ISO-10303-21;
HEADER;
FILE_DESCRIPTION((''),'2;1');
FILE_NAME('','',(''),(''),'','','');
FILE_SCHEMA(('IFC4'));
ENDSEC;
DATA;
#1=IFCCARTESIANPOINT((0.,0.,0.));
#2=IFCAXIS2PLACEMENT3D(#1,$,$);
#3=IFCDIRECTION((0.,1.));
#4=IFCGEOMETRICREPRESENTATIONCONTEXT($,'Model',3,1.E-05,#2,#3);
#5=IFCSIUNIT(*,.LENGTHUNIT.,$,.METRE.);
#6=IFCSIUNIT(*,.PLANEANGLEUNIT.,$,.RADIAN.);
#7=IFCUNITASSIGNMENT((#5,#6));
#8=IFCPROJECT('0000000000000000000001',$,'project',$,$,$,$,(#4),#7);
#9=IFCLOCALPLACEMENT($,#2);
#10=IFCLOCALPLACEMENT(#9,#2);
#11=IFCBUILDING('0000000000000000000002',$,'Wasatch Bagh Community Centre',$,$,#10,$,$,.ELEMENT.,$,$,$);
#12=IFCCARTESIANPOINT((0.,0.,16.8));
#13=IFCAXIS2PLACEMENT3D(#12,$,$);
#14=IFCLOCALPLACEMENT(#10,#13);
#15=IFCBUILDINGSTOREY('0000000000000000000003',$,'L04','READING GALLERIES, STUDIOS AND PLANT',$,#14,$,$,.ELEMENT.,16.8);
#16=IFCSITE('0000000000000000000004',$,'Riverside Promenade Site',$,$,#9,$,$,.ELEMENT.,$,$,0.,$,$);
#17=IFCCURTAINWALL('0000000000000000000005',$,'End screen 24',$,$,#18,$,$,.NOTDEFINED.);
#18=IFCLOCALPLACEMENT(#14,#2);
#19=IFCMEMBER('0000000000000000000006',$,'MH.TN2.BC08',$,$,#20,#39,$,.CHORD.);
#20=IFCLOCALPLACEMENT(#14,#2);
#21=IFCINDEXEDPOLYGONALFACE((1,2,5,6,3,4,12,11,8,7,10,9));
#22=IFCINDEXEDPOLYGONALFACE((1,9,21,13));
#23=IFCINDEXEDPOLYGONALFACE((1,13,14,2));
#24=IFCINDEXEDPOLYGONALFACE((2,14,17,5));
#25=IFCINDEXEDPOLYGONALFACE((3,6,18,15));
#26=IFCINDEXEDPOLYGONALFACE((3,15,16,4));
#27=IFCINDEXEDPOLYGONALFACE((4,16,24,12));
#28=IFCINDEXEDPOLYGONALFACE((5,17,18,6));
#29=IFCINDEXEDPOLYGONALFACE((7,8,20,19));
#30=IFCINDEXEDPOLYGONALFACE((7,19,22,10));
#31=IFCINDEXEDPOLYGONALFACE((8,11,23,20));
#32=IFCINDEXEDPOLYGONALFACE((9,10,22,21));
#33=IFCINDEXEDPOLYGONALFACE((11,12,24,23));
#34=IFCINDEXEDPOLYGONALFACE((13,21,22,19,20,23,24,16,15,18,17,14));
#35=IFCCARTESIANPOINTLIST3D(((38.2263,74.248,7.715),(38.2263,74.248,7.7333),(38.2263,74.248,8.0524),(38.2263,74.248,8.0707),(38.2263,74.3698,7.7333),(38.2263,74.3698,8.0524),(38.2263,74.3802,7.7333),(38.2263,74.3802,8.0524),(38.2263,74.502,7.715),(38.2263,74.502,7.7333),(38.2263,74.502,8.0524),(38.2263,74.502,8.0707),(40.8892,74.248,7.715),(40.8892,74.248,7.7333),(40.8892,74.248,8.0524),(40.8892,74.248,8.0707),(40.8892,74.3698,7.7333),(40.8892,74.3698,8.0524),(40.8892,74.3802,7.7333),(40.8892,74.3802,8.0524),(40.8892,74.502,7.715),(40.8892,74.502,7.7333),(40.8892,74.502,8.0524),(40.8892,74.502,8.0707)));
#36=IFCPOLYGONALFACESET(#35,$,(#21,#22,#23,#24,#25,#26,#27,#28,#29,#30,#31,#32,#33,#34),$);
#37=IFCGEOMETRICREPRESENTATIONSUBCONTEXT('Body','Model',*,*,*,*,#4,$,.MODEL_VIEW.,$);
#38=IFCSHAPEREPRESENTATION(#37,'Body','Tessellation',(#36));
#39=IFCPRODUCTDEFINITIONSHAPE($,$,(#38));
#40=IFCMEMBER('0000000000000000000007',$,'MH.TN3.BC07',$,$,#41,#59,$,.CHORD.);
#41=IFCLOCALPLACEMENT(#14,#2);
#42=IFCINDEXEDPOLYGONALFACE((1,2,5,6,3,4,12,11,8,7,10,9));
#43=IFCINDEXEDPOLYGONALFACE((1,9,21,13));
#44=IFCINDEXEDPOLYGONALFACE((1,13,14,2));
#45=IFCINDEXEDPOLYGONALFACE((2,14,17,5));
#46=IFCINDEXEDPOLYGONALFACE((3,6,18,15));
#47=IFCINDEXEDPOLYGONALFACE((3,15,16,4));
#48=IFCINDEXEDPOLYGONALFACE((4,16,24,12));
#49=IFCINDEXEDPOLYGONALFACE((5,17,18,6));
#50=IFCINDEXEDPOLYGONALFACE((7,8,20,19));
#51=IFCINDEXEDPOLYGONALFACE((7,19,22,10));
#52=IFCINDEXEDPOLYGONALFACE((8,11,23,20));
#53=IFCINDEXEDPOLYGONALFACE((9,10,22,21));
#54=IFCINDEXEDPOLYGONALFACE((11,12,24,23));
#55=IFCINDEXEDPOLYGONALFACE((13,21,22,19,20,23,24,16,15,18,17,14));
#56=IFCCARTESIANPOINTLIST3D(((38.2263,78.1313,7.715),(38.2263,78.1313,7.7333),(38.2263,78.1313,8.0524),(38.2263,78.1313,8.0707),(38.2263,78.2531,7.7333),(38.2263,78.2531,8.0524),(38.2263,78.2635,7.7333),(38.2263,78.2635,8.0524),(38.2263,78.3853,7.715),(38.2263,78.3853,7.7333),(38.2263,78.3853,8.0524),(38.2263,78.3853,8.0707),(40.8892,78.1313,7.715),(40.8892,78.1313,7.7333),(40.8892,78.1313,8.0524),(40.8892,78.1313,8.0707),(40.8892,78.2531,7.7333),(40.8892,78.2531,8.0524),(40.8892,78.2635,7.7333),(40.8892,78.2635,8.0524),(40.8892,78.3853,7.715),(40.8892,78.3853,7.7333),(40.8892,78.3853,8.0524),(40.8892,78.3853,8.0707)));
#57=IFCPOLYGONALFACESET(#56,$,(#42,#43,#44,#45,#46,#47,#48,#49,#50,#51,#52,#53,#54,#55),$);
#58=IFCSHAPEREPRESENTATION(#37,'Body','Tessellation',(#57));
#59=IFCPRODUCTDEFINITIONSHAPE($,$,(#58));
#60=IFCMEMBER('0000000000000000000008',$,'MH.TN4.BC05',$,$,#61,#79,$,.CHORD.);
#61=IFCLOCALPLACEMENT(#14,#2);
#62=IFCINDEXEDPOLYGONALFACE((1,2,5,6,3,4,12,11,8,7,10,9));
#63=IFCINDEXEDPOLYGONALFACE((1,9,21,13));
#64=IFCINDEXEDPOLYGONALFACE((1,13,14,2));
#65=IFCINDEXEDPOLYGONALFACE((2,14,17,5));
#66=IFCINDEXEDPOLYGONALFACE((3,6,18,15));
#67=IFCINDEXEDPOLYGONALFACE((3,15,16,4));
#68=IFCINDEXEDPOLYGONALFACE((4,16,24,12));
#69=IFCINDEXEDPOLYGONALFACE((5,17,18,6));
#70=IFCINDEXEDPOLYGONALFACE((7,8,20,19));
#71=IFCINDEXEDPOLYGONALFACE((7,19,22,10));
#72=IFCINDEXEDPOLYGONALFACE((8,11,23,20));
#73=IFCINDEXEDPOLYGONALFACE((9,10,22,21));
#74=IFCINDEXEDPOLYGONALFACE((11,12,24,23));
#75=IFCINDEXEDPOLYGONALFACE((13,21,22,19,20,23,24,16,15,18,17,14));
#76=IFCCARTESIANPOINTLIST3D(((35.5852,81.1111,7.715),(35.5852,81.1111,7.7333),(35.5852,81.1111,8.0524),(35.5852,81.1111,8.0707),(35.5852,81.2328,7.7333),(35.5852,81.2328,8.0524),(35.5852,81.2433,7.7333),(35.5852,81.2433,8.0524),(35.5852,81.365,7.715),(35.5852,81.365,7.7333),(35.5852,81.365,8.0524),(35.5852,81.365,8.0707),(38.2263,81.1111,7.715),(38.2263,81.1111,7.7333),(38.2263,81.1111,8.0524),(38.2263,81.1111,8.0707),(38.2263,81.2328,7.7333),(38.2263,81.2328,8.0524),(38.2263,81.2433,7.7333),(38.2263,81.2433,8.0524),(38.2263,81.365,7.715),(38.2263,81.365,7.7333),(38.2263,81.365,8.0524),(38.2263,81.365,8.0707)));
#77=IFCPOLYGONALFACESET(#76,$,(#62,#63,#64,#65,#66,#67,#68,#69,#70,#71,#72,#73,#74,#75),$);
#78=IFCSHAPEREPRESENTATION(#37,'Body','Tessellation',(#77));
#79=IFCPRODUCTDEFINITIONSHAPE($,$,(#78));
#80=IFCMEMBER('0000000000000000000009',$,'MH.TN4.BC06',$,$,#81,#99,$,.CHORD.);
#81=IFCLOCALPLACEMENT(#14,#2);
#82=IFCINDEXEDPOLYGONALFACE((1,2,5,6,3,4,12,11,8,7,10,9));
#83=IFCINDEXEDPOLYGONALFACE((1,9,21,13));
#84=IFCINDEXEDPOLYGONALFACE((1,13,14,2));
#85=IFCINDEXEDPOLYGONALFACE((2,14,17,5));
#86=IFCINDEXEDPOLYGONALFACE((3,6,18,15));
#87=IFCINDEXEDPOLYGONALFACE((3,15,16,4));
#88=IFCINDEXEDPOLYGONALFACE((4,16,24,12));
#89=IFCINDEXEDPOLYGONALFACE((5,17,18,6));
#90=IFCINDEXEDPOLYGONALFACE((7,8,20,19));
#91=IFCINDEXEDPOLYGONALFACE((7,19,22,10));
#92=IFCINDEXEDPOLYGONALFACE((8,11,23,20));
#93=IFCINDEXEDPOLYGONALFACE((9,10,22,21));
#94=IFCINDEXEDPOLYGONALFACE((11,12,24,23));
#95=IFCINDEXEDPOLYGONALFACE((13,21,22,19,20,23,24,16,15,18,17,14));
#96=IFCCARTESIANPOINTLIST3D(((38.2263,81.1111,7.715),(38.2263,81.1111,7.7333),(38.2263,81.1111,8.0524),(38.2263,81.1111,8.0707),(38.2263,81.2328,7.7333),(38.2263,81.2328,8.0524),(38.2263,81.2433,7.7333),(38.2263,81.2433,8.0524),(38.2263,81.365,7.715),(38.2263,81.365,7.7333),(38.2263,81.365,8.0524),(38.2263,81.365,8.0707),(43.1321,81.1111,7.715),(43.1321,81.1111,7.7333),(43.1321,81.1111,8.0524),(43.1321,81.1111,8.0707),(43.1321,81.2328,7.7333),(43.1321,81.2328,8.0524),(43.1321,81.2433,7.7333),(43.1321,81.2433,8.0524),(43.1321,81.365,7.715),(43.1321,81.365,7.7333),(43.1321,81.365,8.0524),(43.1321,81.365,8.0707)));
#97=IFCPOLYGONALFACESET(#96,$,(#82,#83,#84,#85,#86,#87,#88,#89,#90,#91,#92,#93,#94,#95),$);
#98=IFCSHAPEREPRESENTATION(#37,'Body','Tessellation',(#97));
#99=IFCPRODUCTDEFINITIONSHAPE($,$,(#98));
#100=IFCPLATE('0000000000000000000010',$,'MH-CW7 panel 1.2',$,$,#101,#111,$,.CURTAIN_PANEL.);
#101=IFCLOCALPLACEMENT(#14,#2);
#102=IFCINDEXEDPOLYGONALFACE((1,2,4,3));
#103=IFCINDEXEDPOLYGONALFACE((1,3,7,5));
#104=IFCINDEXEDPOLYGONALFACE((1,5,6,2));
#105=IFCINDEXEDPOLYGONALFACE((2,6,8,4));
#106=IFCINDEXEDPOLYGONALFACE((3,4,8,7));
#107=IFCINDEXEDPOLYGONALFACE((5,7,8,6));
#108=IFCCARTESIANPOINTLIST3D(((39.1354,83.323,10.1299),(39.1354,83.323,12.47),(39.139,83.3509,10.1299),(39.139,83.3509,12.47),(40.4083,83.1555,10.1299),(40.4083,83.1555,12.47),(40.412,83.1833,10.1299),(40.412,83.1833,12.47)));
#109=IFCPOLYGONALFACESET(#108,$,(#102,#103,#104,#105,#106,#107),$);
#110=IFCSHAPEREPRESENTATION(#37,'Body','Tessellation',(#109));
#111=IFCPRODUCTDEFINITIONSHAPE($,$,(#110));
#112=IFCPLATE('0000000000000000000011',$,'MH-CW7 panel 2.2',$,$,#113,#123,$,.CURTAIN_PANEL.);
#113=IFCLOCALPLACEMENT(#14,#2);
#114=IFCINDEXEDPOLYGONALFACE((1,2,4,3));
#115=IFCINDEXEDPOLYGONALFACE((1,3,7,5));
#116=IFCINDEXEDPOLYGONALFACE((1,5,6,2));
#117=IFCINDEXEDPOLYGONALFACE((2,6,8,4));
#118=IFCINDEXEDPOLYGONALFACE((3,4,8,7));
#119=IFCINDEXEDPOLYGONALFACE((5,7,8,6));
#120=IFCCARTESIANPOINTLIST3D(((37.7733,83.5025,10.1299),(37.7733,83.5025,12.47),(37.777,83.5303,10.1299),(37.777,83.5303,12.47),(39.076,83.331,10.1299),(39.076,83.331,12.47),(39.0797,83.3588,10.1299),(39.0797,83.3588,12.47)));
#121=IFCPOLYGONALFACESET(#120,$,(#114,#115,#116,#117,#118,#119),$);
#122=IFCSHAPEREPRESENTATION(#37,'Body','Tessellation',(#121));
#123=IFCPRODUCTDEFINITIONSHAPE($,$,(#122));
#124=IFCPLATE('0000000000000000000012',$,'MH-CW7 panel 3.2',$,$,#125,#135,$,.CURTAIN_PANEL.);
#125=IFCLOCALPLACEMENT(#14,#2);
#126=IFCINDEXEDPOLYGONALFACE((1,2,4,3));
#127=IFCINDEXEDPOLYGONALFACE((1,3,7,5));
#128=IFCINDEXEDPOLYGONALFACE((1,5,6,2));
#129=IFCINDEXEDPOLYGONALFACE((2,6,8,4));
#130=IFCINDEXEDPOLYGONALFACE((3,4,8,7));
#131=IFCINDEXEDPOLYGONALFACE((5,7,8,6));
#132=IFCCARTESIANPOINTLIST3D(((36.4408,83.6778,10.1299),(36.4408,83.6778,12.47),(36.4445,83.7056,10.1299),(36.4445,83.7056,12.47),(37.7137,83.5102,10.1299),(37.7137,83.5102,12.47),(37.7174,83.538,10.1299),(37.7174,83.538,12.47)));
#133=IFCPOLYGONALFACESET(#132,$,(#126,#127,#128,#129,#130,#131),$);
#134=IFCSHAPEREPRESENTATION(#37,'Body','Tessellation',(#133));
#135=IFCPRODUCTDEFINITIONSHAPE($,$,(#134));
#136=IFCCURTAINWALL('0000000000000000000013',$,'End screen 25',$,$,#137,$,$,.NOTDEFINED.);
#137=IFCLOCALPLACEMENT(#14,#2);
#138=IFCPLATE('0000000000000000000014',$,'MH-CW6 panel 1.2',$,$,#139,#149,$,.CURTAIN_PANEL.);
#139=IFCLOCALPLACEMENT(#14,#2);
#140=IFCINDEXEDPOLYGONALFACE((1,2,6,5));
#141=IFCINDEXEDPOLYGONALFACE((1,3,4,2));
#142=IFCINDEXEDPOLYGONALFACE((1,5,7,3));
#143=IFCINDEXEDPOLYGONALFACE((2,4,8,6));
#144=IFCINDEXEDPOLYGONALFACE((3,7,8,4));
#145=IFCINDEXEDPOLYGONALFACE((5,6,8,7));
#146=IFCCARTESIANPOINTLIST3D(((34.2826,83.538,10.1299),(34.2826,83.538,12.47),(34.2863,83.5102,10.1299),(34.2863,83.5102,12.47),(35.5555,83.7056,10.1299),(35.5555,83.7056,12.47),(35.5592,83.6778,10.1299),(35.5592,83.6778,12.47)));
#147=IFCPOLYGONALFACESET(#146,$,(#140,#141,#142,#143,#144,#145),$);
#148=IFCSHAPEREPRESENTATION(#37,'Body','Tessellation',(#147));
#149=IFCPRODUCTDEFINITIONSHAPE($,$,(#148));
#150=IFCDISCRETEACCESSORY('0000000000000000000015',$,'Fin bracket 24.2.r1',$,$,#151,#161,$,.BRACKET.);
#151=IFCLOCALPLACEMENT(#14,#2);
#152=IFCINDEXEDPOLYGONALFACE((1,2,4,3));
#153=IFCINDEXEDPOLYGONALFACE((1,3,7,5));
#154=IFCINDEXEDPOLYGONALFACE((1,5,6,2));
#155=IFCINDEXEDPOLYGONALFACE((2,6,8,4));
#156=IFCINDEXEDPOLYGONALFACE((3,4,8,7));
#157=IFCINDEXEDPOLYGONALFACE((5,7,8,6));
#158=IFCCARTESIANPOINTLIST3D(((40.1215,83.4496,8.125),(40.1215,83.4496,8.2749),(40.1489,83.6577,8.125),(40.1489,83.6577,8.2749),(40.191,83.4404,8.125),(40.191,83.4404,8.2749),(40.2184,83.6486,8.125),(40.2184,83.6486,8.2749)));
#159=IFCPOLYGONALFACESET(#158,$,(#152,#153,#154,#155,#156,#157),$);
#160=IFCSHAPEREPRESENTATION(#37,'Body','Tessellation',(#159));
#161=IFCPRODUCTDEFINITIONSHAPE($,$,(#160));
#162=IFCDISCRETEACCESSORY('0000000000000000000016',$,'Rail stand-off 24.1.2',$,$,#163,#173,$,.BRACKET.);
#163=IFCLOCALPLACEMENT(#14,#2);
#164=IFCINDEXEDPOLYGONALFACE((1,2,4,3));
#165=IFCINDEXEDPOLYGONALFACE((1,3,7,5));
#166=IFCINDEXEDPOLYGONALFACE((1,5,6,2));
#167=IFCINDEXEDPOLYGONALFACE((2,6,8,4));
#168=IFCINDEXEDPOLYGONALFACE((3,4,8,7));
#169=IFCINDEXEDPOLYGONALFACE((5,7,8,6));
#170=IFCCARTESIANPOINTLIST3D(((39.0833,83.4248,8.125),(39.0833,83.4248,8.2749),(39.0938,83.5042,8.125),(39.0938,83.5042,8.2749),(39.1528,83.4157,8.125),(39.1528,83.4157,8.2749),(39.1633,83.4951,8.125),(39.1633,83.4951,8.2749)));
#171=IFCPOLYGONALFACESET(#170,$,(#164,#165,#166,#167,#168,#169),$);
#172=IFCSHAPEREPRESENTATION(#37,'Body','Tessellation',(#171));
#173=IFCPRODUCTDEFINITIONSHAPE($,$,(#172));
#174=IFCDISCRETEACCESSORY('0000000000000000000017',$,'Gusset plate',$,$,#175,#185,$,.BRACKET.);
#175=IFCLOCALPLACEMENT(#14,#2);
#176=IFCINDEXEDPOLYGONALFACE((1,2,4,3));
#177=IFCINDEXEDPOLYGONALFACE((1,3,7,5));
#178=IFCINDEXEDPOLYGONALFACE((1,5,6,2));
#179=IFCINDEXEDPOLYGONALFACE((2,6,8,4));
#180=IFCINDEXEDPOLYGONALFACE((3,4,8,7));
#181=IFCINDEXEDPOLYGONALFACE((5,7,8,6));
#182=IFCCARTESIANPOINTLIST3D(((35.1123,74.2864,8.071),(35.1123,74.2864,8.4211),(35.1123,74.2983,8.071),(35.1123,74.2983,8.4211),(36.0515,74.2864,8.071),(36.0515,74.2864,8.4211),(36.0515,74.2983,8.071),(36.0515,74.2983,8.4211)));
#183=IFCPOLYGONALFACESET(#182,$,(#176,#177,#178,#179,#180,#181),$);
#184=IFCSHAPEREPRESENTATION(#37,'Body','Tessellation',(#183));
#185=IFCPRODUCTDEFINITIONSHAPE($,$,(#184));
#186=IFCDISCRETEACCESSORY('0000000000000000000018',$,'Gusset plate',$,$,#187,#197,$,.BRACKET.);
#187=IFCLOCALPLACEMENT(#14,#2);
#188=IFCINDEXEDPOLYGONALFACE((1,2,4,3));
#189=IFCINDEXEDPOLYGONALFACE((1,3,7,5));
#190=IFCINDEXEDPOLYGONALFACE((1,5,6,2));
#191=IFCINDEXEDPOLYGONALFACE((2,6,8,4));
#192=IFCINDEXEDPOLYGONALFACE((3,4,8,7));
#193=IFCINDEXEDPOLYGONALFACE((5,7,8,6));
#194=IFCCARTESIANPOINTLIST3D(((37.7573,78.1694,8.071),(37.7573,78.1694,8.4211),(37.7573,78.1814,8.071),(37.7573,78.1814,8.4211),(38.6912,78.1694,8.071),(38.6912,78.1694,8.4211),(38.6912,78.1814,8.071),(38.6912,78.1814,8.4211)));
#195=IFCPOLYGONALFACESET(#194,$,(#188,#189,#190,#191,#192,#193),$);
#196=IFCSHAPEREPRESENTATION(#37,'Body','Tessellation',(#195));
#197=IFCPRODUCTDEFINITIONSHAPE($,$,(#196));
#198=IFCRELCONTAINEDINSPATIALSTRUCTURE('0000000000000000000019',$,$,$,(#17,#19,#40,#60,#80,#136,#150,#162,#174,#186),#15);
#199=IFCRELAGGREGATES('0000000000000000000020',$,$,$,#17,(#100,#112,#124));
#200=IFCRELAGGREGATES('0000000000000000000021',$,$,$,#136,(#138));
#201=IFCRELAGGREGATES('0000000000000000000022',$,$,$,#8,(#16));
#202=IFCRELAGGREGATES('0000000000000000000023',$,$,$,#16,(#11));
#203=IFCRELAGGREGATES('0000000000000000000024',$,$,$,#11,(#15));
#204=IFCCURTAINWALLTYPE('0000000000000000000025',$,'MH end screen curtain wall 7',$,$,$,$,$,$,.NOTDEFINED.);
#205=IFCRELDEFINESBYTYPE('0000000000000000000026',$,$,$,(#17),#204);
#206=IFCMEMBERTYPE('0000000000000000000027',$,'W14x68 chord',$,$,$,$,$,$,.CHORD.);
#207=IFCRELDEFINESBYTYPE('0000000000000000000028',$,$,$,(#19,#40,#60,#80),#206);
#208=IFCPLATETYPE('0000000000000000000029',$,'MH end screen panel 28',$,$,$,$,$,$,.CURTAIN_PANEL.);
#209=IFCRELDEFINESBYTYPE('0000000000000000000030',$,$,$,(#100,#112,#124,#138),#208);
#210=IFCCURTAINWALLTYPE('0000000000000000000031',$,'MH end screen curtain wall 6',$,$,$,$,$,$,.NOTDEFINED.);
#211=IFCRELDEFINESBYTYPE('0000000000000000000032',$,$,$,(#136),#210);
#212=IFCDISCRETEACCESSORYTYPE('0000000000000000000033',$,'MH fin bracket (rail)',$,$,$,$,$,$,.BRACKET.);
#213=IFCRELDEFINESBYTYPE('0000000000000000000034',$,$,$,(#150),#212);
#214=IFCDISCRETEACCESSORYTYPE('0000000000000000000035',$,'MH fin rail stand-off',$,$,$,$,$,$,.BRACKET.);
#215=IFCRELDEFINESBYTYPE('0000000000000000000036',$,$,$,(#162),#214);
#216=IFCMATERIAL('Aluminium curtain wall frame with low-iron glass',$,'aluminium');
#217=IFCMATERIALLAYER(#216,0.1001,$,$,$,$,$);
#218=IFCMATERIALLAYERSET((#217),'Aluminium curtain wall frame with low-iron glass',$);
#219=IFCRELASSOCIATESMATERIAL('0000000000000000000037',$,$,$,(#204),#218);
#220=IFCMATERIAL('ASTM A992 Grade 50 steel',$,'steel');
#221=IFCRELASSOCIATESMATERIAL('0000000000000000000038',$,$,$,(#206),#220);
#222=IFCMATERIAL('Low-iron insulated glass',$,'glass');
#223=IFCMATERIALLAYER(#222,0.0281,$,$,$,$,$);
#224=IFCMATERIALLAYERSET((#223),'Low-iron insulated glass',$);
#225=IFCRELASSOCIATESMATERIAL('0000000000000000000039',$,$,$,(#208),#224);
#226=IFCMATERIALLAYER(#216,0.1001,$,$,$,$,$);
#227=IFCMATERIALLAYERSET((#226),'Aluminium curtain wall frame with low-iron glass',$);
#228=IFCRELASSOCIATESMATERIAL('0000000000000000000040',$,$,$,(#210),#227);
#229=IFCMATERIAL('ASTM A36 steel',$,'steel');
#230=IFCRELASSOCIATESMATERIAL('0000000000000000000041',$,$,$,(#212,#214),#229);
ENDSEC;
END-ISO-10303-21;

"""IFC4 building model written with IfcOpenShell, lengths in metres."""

from ifc_helpers import new_model, si_unit, direction, frame, origin, origin_2d, place, context, subcontext, project, spatial, polyline, rectangle, i_section, outline, extrude, material, layer, layer_set, material_profile, profile_set, type_object, element, aggregate, save


model = new_model("IFC4")

# Units and contexts
model_context = context("Model", 3, precision=1e-05, world=origin(), true_north=direction((0.0, 1.0)))
body_context = subcontext(model_context, "Body", "Model", "MODEL_VIEW")
ifc_project = project(units=[si_unit("LENGTHUNIT", "METRE"), si_unit("PLANEANGLEUNIT", "RADIAN")], contexts=[model_context])

# Site, building, storey
site_placement = place(None, origin())
site = spatial("IfcSite", under=ifc_project, at=site_placement, Name="Riverside Promenade Site", CompositionType="ELEMENT", RefElevation=0.0)
building_placement = place(site_placement, origin())
building = spatial("IfcBuilding", under=site, at=building_placement, Name="Wasatch Bagh Community Centre", CompositionType="ELEMENT")
storey_placement = place(building_placement, frame((0.0, 0.0, 16.8)))
storey = spatial("IfcBuildingStorey", under=building, at=storey_placement, Name="L04", Description="READING GALLERIES, STUDIOS AND PLANT", CompositionType="ELEMENT", Elevation=16.8)

# Curtain wall
ifc_material_1 = material(Name="Aluminium curtain wall frame with low-iron glass", Category="aluminium")
ifc_layer_1 = layer(ifc_material_1, 0.1001)
ifc_layer_set_1 = layer_set([ifc_layer_1], Name="Aluminium curtain wall frame with low-iron glass")
curtain_wall_type_1 = type_object("IfcCurtainWallType", Name="MH end screen curtain wall 7", PredefinedType="NOTDEFINED", material=ifc_layer_set_1)
curtain_wall_1_placement = place(storey_placement, origin())
curtain_wall_1 = element("IfcCurtainWall", 1, at=curtain_wall_1_placement, inside=storey, type_object=curtain_wall_type_1, Name="End screen 24", PredefinedType="NOTDEFINED")

# Members
ifc_material_2 = material(Name="ASTM A992 Grade 50 steel", Category="steel")
ifc_material_profile_1 = material_profile(ifc_material_2, i_section(OverallWidth=0.2539, OverallDepth=0.3557, WebThickness=0.0105, FlangeThickness=0.0183, at=origin_2d()), Name="W14x68")
ifc_profile_set_1 = profile_set([ifc_material_profile_1], Name="ASTM A992 Grade 50 steel")
member_type_1 = type_object("IfcMemberType", Name="W14x68 chord", PredefinedType="CHORD", material=ifc_profile_set_1)
for number, where, z_axis, x_axis, name in (
    (2, (38.2263, 74.375, 7.8928), (1.0, 0.0, 0.0), (0.0, 1.0, 0.0), "MH.TN2.BC08"),
    (3, (38.2263, 78.2583, 7.8928), (1.0, 0.0, 0.0), (0.0, 1.0, 0.0), "MH.TN3.BC07"),
):
    element("IfcMember", number, at=place(storey_placement, frame(where, z_axis=z_axis, x_axis=x_axis)), inside=storey, type_object=member_type_1, Name=name, PredefinedType="CHORD", context=body_context, shape_type="SweptSolid", body=[
        extrude(i_section(OverallWidth=0.2539, OverallDepth=0.3557, WebThickness=0.0105, FlangeThickness=0.0183, at=origin_2d()), origin(), (0.0, 0.0, 1.0), 2.6628),
    ])
member_1_placement = place(storey_placement, frame((35.5852, 81.238, 7.8928), z_axis=(1.0, 0.0, 0.0), x_axis=(0.0, 1.0, 0.0)))
element("IfcMember", 4, at=member_1_placement, inside=storey, type_object=member_type_1, Name="MH.TN4.BC05", PredefinedType="CHORD", context=body_context, shape_type="SweptSolid", body=[
    extrude(i_section(OverallWidth=0.2539, OverallDepth=0.3557, WebThickness=0.0105, FlangeThickness=0.0183, at=origin_2d()), origin(), (0.0, 0.0, 1.0), 2.6411),
])
member_2_placement = place(storey_placement, frame((38.2263, 81.238, 7.8928), z_axis=(1.0, 0.0, 0.0), x_axis=(0.0, 1.0, 0.0)))
element("IfcMember", 5, at=member_2_placement, inside=storey, type_object=member_type_1, Name="MH.TN4.BC06", PredefinedType="CHORD", context=body_context, shape_type="SweptSolid", body=[
    extrude(i_section(OverallWidth=0.2539, OverallDepth=0.3557, WebThickness=0.0105, FlangeThickness=0.0183, at=origin_2d()), origin(), (0.0, 0.0, 1.0), 4.9058),
])

# Plates
ifc_material_3 = material(Name="Low-iron insulated glass", Category="glass")
ifc_layer_2 = layer(ifc_material_3, 0.0281)
ifc_layer_set_2 = layer_set([ifc_layer_2], Name="Low-iron insulated glass")
plate_type = type_object("IfcPlateType", Name="MH end screen panel 28", PredefinedType="CURTAIN_PANEL", material=ifc_layer_set_2)
plate_1_placement = place(storey_placement, frame((39.7737, 83.2532, 10.1299), z_axis=(0.0, 0.0, 1.0), x_axis=(-0.991445, 0.130526, 0.0)))
plate_1 = element("IfcPlate", 6, at=plate_1_placement, type_object=plate_type, Name="MH-CW7 panel 1.2", PredefinedType="CURTAIN_PANEL", context=body_context, shape_type="SweptSolid", body=[
    extrude(rectangle(XDim=1.2839, YDim=0.0281, at=origin_2d()), origin(), (0.0, 0.0, 1.0), 2.3401),
])
plate_2_placement = place(storey_placement, frame((38.4265, 83.4307, 10.1299), z_axis=(0.0, 0.0, 1.0), x_axis=(-0.991445, 0.130526, 0.0)))
plate_2 = element("IfcPlate", 7, at=plate_2_placement, type_object=plate_type, Name="MH-CW7 panel 2.2", PredefinedType="CURTAIN_PANEL", context=body_context, shape_type="SweptSolid", body=[
    extrude(rectangle(XDim=1.314, YDim=0.0281, at=origin_2d()), origin(), (0.0, 0.0, 1.0), 2.3401),
])
plate_3_placement = place(storey_placement, frame((37.0791, 83.6079, 10.1299), z_axis=(0.0, 0.0, 1.0), x_axis=(-0.991445, 0.130526, 0.0)))
plate_3 = element("IfcPlate", 8, at=plate_3_placement, type_object=plate_type, Name="MH-CW7 panel 3.2", PredefinedType="CURTAIN_PANEL", context=body_context, shape_type="SweptSolid", body=[
    extrude(rectangle(XDim=1.2839, YDim=0.0281, at=origin_2d()), origin(), (0.0, 0.0, 1.0), 2.3401),
])
aggregate(curtain_wall_1, [plate_1, plate_2, plate_3])

# Curtain wall, plate
ifc_layer_3 = layer(ifc_material_1, 0.1001)
ifc_layer_set_3 = layer_set([ifc_layer_3], Name="Aluminium curtain wall frame with low-iron glass")
curtain_wall_type_2 = type_object("IfcCurtainWallType", Name="MH end screen curtain wall 6", PredefinedType="NOTDEFINED", material=ifc_layer_set_3)
curtain_wall_2_placement = place(storey_placement, origin())
curtain_wall_2 = element("IfcCurtainWall", 9, at=curtain_wall_2_placement, inside=storey, type_object=curtain_wall_type_2, Name="End screen 25", PredefinedType="NOTDEFINED")
plate_4_placement = place(storey_placement, frame((34.9209, 83.6079, 10.1299), z_axis=(0.0, 0.0, 1.0), x_axis=(-0.991445, -0.130526, 0.0)))
plate_4 = element("IfcPlate", 10, at=plate_4_placement, type_object=plate_type, Name="MH-CW6 panel 1.2", PredefinedType="CURTAIN_PANEL", context=body_context, shape_type="SweptSolid", body=[
    extrude(rectangle(XDim=1.2839, YDim=0.0281, at=origin_2d()), origin(), (0.0, 0.0, 1.0), 2.3401),
])
aggregate(curtain_wall_2, [plate_4])

# Discrete accessories
ifc_material_4 = material(Name="ASTM A36 steel", Category="steel")
discrete_accessory_type_1 = type_object("IfcDiscreteAccessoryType", Name="MH fin bracket (rail)", PredefinedType="BRACKET", material=ifc_material_4)
discrete_accessory_1_placement = place(storey_placement, frame((40.1699, 83.5491, 8.125), z_axis=(0.0, 0.0, 1.0), x_axis=(-0.991445, 0.130526, 0.0)))
element("IfcDiscreteAccessory", 11, at=discrete_accessory_1_placement, inside=storey, type_object=discrete_accessory_type_1, Name="Fin bracket 24.2.r1", PredefinedType="BRACKET", context=body_context, shape_type="SweptSolid", body=[
    extrude(rectangle(XDim=0.0701, YDim=0.21, at=origin_2d()), origin(), (0.0, 0.0, 1.0), 0.1499),
])
discrete_accessory_type_2 = type_object("IfcDiscreteAccessoryType", Name="MH fin rail stand-off", PredefinedType="BRACKET", material=ifc_material_4)
discrete_accessory_2_placement = place(storey_placement, frame((39.1233, 83.46, 8.125), z_axis=(0.0, 0.0, 1.0), x_axis=(-0.991445, 0.130526, 0.0)))
element("IfcDiscreteAccessory", 12, at=discrete_accessory_2_placement, inside=storey, type_object=discrete_accessory_type_2, Name="Rail stand-off 24.1.2", PredefinedType="BRACKET", context=body_context, shape_type="SweptSolid", body=[
    extrude(rectangle(XDim=0.0701, YDim=0.0801, at=origin_2d()), origin(), (0.0, 0.0, 1.0), 0.1499),
])
discrete_accessory_3_placement = place(storey_placement, frame((35.1123, 74.2864, 8.071), z_axis=(0.0, -1.0, 0.0), x_axis=(1.0, 0.0, 0.0)))
element("IfcDiscreteAccessory", 13, at=discrete_accessory_3_placement, inside=storey, Name="Gusset plate", PredefinedType="BRACKET", context=body_context, shape_type="SweptSolid", body=[
    extrude(outline(polyline([(0.0, 0.0), (0.9392, 0.0), (0.9392, 0.3501), (0.0, 0.3501), (0.0, 0.0)])), origin(), (0.0, 0.0, -1.0), 0.012),
])
discrete_accessory_4_placement = place(storey_placement, frame((37.7573, 78.1694, 8.071), z_axis=(0.0, -1.0, 0.0), x_axis=(1.0, 0.0, 0.0)))
element("IfcDiscreteAccessory", 14, at=discrete_accessory_4_placement, inside=storey, Name="Gusset plate", PredefinedType="BRACKET", context=body_context, shape_type="SweptSolid", body=[
    extrude(outline(polyline([(0.0, 0.0), (0.9338, 0.0), (0.9338, 0.3501), (0.0, 0.3501), (0.0, 0.0)])), origin(), (0.0, 0.0, -1.0), 0.012),
])

save(model, "model.ifc")
